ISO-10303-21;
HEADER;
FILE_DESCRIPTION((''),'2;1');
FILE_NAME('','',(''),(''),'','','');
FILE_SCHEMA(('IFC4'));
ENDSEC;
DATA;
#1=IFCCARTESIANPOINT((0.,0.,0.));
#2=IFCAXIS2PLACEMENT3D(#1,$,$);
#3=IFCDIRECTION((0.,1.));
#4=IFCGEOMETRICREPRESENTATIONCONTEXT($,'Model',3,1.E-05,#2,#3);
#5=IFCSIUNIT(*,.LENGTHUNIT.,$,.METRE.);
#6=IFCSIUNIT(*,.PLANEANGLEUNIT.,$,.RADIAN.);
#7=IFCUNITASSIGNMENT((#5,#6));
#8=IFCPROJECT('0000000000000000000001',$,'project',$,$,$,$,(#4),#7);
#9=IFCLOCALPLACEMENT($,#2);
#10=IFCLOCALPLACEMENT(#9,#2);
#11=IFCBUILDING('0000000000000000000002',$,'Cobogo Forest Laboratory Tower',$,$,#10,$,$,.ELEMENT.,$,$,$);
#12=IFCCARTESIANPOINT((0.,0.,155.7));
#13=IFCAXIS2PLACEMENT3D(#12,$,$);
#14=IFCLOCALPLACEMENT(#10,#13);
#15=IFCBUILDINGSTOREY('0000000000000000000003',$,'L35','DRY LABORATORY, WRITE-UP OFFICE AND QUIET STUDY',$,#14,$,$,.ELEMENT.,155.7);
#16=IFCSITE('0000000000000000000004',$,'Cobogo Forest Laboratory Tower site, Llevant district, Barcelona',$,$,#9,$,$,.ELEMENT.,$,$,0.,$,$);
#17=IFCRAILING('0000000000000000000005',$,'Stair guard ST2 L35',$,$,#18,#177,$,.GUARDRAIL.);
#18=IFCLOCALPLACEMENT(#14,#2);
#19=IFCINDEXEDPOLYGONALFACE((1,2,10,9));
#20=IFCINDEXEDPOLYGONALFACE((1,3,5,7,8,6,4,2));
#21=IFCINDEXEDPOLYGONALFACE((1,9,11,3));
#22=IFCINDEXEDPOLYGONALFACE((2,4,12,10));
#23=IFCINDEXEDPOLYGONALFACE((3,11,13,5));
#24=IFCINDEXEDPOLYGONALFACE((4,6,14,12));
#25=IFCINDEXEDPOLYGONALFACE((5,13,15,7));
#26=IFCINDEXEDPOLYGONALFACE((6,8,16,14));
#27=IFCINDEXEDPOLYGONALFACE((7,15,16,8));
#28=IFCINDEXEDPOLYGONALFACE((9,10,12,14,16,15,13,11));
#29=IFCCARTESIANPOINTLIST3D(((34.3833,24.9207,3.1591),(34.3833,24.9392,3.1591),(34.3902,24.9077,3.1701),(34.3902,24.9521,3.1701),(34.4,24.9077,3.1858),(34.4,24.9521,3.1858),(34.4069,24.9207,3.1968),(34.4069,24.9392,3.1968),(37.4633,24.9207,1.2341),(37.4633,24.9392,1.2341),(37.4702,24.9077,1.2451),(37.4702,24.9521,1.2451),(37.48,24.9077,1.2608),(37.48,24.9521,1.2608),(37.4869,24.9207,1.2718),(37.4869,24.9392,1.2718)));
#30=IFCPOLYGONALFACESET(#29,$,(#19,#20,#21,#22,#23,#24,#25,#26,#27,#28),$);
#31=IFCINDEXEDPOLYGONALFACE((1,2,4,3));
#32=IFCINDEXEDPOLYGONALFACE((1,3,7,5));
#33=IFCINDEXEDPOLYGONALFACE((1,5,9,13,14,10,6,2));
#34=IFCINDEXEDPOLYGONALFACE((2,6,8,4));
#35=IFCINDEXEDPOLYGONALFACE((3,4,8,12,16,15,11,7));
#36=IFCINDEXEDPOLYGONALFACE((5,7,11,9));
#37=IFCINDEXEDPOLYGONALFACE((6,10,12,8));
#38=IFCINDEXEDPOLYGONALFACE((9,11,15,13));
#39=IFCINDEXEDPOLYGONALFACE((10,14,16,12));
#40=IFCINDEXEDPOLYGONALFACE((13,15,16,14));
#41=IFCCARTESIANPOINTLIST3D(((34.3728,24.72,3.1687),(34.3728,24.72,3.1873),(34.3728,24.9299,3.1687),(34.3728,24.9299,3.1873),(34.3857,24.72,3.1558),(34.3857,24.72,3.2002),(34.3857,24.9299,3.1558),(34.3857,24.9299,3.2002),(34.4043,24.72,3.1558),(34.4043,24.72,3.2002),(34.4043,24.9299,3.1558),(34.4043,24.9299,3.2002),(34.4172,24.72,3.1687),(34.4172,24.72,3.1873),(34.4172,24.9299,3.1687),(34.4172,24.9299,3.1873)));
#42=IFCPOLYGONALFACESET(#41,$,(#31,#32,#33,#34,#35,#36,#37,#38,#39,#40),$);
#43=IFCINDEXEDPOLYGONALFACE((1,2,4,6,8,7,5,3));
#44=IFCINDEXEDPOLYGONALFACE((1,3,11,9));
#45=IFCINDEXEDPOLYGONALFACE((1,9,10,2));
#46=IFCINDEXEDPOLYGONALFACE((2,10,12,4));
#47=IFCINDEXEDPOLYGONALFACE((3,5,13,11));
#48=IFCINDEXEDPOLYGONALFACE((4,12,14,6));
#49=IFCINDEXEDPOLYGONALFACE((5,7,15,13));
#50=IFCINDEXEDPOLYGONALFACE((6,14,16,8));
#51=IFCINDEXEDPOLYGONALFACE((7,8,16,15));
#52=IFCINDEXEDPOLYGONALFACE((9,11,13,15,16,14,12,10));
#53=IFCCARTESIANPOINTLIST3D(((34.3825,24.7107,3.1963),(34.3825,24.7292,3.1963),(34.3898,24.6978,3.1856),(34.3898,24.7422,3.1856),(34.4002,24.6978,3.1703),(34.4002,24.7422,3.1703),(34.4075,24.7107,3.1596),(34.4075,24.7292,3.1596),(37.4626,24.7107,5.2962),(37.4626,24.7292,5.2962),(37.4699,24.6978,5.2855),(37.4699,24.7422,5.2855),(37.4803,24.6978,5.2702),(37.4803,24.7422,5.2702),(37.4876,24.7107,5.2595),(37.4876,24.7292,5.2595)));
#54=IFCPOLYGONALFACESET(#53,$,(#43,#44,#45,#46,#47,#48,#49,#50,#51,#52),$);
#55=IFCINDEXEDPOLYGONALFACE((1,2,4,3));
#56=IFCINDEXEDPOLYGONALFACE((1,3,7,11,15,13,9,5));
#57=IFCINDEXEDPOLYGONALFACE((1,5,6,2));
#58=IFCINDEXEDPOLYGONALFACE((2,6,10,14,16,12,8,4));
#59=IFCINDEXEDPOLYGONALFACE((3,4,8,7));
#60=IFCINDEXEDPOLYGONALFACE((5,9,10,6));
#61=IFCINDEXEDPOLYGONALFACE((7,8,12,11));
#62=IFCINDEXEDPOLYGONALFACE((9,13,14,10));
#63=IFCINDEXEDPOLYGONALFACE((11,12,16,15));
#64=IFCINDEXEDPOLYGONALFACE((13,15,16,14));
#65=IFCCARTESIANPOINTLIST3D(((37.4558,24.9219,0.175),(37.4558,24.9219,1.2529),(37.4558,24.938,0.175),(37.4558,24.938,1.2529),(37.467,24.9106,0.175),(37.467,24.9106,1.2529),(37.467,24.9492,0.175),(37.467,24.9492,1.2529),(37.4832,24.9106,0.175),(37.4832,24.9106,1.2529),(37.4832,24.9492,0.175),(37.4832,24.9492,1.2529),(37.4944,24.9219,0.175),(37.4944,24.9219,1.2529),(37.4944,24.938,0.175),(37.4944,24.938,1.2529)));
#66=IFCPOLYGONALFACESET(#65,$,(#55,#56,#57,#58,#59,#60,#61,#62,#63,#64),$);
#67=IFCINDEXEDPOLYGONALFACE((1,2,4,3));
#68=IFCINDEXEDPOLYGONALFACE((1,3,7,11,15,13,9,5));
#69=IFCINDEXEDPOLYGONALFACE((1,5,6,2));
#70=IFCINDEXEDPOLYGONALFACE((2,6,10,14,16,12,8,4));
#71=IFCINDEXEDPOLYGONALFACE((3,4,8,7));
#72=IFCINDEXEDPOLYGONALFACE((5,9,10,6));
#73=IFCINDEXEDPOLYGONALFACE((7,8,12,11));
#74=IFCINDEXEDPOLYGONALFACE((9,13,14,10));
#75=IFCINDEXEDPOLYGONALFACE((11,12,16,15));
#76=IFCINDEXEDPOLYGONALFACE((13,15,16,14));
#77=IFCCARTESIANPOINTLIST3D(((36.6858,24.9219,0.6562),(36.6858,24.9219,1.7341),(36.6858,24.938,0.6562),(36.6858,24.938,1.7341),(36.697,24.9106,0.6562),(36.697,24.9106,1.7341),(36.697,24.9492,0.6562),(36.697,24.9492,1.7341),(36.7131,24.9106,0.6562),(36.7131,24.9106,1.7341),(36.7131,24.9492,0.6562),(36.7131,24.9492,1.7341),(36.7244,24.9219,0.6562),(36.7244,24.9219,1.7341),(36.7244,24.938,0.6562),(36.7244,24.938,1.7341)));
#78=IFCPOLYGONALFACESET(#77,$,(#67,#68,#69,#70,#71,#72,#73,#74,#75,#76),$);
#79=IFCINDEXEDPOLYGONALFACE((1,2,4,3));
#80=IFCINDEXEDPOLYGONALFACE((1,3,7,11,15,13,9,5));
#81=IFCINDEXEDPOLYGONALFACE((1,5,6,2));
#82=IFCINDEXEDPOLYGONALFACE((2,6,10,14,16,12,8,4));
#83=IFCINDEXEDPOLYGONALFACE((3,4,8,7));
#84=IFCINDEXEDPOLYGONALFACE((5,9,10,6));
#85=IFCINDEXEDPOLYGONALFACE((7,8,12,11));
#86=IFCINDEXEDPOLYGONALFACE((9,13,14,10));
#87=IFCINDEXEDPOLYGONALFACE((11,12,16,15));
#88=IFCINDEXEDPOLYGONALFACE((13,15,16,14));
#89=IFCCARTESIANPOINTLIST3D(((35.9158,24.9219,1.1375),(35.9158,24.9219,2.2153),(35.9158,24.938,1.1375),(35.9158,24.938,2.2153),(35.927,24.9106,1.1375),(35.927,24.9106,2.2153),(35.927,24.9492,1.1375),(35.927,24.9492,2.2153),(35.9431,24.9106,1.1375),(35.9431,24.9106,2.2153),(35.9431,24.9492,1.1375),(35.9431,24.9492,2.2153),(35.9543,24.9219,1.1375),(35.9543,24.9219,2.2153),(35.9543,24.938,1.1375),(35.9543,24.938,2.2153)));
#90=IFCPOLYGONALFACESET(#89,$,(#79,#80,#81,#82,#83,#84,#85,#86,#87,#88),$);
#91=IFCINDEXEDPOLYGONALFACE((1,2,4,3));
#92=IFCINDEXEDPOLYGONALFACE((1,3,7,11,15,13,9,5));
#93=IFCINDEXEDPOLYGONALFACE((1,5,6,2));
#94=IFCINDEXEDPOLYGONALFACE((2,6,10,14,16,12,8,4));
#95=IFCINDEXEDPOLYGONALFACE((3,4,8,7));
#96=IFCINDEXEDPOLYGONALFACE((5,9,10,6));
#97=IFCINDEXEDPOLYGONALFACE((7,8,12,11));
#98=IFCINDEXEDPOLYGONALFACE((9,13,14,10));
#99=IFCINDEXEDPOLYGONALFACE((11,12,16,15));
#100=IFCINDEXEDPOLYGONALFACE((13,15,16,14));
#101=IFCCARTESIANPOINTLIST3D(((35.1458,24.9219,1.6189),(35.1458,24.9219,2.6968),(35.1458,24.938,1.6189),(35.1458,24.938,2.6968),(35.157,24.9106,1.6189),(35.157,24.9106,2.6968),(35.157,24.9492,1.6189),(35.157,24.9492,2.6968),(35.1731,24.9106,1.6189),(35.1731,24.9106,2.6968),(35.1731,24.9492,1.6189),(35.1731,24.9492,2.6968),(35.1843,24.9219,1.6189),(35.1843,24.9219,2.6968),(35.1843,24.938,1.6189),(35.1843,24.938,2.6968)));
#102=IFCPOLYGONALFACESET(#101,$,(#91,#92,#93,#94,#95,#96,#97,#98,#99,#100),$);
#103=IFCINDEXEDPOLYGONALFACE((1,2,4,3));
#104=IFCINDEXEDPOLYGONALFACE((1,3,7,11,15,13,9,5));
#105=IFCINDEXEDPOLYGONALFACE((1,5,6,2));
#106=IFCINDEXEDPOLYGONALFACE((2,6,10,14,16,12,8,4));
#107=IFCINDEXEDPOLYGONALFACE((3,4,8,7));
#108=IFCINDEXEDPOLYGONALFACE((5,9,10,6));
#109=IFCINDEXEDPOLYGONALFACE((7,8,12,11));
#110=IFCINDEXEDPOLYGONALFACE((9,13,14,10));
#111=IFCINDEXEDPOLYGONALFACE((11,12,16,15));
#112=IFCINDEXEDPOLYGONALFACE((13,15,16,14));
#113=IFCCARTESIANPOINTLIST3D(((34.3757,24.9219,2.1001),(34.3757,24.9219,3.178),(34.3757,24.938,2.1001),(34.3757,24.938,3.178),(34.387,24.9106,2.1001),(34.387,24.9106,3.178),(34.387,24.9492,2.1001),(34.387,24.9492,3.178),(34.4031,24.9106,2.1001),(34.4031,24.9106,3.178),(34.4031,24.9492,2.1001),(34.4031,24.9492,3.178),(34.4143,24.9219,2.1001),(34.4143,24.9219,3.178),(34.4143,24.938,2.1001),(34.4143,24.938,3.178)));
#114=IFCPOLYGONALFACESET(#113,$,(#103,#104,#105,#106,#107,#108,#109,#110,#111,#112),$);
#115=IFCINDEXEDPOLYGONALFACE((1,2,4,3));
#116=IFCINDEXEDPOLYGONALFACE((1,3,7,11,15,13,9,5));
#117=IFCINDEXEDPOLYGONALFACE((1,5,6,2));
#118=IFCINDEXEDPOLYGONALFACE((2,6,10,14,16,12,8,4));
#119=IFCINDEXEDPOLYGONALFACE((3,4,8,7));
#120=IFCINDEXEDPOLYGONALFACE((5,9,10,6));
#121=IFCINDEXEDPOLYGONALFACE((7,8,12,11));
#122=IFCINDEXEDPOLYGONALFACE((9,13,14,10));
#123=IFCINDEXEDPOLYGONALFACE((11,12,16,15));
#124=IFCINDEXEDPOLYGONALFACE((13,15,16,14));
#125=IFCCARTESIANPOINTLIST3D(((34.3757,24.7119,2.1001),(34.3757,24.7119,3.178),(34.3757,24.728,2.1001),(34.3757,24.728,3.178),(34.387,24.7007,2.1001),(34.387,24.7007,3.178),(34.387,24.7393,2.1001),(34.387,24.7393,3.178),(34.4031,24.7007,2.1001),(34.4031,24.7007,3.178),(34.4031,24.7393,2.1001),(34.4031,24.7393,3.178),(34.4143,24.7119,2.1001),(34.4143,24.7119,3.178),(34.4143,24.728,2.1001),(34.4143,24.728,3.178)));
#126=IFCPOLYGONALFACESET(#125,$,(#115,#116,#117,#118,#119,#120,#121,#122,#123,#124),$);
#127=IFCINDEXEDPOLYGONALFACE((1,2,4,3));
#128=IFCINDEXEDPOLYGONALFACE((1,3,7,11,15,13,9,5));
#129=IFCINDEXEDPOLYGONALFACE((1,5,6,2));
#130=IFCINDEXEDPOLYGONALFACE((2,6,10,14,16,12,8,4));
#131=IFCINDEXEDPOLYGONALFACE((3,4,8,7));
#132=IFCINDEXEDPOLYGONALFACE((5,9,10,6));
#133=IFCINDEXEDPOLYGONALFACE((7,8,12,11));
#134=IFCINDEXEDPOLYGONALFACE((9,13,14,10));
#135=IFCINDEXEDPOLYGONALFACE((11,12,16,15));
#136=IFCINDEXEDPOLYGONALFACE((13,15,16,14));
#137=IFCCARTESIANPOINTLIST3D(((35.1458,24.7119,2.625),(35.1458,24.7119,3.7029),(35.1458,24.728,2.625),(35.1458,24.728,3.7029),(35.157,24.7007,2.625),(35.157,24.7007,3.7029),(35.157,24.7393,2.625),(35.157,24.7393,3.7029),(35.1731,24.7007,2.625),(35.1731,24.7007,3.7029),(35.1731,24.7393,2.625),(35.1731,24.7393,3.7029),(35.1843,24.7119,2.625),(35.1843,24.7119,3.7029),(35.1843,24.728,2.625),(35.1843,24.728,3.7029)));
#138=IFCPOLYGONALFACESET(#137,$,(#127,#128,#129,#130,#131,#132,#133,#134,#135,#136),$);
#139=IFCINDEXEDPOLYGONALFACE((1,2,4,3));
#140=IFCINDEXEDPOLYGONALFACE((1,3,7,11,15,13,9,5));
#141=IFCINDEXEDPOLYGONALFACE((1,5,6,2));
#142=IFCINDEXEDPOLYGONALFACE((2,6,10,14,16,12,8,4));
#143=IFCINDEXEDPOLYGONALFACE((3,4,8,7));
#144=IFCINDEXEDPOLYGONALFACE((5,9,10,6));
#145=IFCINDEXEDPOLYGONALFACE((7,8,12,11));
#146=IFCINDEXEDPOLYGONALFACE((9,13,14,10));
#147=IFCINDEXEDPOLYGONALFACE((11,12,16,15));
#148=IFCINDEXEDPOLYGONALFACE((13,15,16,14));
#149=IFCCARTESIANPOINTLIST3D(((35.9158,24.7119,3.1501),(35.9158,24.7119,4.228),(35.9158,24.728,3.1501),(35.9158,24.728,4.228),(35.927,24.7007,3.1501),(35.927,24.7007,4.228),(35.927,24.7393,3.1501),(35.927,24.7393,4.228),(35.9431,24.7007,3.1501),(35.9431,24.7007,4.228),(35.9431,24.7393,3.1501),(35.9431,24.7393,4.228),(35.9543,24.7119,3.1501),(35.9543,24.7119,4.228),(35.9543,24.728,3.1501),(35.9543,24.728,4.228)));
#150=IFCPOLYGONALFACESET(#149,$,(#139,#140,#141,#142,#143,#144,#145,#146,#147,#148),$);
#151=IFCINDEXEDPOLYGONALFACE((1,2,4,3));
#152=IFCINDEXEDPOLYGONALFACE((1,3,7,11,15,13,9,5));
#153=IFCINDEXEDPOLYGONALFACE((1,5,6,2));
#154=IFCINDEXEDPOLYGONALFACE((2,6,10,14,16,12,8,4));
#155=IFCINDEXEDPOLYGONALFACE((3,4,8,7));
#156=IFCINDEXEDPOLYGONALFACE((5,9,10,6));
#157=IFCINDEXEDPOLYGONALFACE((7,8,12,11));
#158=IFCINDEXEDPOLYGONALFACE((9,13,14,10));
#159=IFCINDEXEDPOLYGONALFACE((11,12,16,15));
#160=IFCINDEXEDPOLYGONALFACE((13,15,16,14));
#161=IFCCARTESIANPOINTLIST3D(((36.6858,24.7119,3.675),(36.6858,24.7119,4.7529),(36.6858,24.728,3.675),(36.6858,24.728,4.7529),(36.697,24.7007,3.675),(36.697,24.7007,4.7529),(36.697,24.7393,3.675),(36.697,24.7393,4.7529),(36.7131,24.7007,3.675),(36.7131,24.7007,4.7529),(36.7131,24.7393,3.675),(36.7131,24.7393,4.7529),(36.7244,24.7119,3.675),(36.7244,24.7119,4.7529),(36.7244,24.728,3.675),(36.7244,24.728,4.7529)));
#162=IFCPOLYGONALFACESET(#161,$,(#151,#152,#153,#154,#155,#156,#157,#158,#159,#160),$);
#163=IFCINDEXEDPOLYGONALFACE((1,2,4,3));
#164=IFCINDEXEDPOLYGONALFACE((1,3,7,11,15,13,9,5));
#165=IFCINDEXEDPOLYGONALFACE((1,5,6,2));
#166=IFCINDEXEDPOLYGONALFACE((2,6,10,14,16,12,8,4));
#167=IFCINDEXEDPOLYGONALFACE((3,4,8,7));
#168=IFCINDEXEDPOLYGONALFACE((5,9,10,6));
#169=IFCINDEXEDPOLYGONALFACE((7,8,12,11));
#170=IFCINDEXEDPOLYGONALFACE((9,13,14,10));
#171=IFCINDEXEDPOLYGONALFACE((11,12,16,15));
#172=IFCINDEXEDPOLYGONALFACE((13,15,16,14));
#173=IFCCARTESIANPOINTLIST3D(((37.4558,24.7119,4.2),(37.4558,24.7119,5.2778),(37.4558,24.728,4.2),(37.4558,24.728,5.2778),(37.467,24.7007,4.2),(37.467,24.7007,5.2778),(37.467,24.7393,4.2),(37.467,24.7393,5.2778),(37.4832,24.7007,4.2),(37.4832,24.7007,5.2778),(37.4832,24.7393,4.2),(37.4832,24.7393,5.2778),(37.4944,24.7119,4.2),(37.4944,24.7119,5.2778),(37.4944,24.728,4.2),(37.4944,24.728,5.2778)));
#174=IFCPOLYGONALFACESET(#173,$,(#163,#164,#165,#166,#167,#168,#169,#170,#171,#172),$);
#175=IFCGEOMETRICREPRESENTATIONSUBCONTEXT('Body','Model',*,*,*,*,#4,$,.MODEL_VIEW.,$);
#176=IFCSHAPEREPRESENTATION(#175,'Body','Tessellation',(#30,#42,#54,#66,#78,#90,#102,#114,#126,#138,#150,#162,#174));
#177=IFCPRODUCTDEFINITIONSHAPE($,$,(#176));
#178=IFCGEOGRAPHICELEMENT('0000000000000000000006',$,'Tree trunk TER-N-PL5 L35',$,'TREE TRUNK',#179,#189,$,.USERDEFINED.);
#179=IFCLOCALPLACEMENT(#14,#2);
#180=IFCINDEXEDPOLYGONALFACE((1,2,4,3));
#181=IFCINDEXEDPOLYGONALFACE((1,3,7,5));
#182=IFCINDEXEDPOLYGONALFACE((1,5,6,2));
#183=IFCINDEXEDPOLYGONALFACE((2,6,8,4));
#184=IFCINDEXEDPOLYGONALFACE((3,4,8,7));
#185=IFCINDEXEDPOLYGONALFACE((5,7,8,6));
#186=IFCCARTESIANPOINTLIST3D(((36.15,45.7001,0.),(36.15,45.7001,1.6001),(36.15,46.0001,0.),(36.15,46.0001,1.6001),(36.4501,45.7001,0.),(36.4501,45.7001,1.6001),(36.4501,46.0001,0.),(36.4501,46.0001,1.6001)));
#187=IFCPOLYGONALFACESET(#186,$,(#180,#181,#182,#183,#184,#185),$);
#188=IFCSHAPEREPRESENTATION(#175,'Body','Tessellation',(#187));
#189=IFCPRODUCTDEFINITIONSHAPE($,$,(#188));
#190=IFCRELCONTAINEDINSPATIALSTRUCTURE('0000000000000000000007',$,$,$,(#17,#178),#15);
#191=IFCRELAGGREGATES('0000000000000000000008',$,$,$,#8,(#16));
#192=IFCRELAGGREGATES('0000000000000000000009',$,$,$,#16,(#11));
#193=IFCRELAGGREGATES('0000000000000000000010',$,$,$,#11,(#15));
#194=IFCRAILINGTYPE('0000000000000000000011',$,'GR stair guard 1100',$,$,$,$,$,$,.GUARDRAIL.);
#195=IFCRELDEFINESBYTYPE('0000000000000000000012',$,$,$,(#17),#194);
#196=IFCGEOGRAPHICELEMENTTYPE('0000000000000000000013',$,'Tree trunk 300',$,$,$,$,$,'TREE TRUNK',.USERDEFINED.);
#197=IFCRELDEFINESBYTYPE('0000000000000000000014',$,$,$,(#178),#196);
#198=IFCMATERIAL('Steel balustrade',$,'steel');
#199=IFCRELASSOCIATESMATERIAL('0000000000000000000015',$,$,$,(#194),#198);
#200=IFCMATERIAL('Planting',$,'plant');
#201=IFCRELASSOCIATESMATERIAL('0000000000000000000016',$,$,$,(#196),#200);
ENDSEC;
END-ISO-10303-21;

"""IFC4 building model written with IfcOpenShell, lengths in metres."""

from ifc_helpers import new_model, si_unit, direction, frame, origin, origin_2d, place, context, subcontext, project, spatial, polyline, rectangle, outline, extrude, material, type_object, element, save


model = new_model("IFC4")

# Units and contexts
model_context = context("Model", 3, precision=1e-05, world=origin(), true_north=direction((0.0, 1.0)))
body_context = subcontext(model_context, "Body", "Model", "MODEL_VIEW")
ifc_project = project(units=[si_unit("LENGTHUNIT", "METRE"), si_unit("PLANEANGLEUNIT", "RADIAN")], contexts=[model_context])

# Site, building, storey
site_placement = place(None, origin())
site = spatial("IfcSite", under=ifc_project, at=site_placement, Name="Cobogo Forest Laboratory Tower site, Llevant district, Barcelona", CompositionType="ELEMENT", RefElevation=0.0)
building_placement = place(site_placement, origin())
building = spatial("IfcBuilding", under=site, at=building_placement, Name="Cobogo Forest Laboratory Tower", CompositionType="ELEMENT")
storey_placement = place(building_placement, frame((0.0, 0.0, 155.7)))
storey = spatial("IfcBuildingStorey", under=building, at=storey_placement, Name="L35", Description="DRY LABORATORY, WRITE-UP OFFICE AND QUIET STUDY", CompositionType="ELEMENT", Elevation=155.7)

# Railing
ifc_material_1 = material(Name="Steel balustrade", Category="steel")
railing_type_1 = type_object("IfcRailingType", Name="GR stair guard 1100", PredefinedType="GUARDRAIL", material=ifc_material_1)
railing_1_placement = place(storey_placement, frame((37.4751, 24.9299, 0.175)))
element("IfcRailing", 1, at=railing_1_placement, inside=storey, type_object=railing_type_1, Name="Stair guard ST2 L35", PredefinedType="GUARDRAIL", context=body_context, shape_type="SweptSolid", body=[
    extrude(outline(polyline([(0.0222, 0.0093), (0.0093, 0.0222), (-0.0093, 0.0222), (-0.0222, 0.0093), (-0.0222, -0.0093), (-0.0093, -0.0222), (0.0093, -0.0222), (0.0222, -0.0093), (0.0222, 0.0093)])), frame((0.0, 0.0, 1.0779), z_axis=(-0.847998, 0.0, 0.529999), x_axis=(0.0, -1.0, 0.0)), (0.0, 0.0, 1.0), 3.6321),
    extrude(outline(polyline([(0.0222, 0.0093), (0.0093, 0.0222), (-0.0093, 0.0222), (-0.0222, 0.0093), (-0.0222, -0.0093), (-0.0093, -0.0222), (0.0093, -0.0222), (0.0222, -0.0093), (0.0222, 0.0093)])), frame((-3.0801, 0.0, 3.0029), z_axis=(0.0, -1.0, 0.0), x_axis=(1.0, 0.0, 0.0)), (0.0, 0.0, 1.0), 0.21),
    extrude(outline(polyline([(0.0222, 0.0093), (0.0093, 0.0222), (-0.0093, 0.0222), (-0.0222, 0.0093), (-0.0222, -0.0093), (-0.0093, -0.0222), (0.0093, -0.0222), (0.0222, -0.0093), (0.0222, 0.0093)])), frame((-3.0801, -0.21, 3.0029), z_axis=(0.826252, 0.0, 0.5633), x_axis=(0.0, 1.0, 0.0)), (0.0, 0.0, 1.0), 3.7278),
    extrude(outline(polyline([(0.0193, 0.0081), (0.0081, 0.0193), (-0.0081, 0.0193), (-0.0193, 0.0081), (-0.0193, -0.0081), (-0.0081, -0.0193), (0.0081, -0.0193), (0.0193, -0.0081), (0.0193, 0.0081)])), origin(), (0.0, 0.0, 1.0), 1.0779),
    extrude(outline(polyline([(0.0193, 0.0081), (0.0081, 0.0193), (-0.0081, 0.0193), (-0.0193, 0.0081), (-0.0193, -0.0081), (-0.0081, -0.0193), (0.0081, -0.0193), (0.0193, -0.0081), (0.0193, 0.0081)])), frame((-0.77, 0.0, 0.4812)), (0.0, 0.0, 1.0), 1.0779),
    extrude(outline(polyline([(0.0193, 0.0081), (0.0081, 0.0193), (-0.0081, 0.0193), (-0.0193, 0.0081), (-0.0193, -0.0081), (-0.0081, -0.0193), (0.0081, -0.0193), (0.0193, -0.0081), (0.0193, 0.0081)])), frame((-1.54, 0.0, 0.9624)), (0.0, 0.0, 1.0), 1.0779),
    extrude(outline(polyline([(0.0193, 0.0081), (0.0081, 0.0193), (-0.0081, 0.0193), (-0.0193, 0.0081), (-0.0193, -0.0081), (-0.0081, -0.0193), (0.0081, -0.0193), (0.0193, -0.0081), (0.0193, 0.0081)])), frame((-2.3101, 0.0, 1.4438)), (0.0, 0.0, 1.0), 1.0779),
    extrude(outline(polyline([(0.0193, 0.0081), (0.0081, 0.0193), (-0.0081, 0.0193), (-0.0193, 0.0081), (-0.0193, -0.0081), (-0.0081, -0.0193), (0.0081, -0.0193), (0.0193, -0.0081), (0.0193, 0.0081)])), frame((-3.0801, 0.0, 1.925)), (0.0, 0.0, 1.0), 1.0779),
    extrude(outline(polyline([(0.0193, 0.0081), (0.0081, 0.0193), (-0.0081, 0.0193), (-0.0193, 0.0081), (-0.0193, -0.0081), (-0.0081, -0.0193), (0.0081, -0.0193), (0.0193, -0.0081), (0.0193, 0.0081)])), frame((-3.0801, -0.21, 1.925)), (0.0, 0.0, 1.0), 1.0779),
    extrude(outline(polyline([(0.0193, 0.0081), (0.0081, 0.0193), (-0.0081, 0.0193), (-0.0193, 0.0081), (-0.0193, -0.0081), (-0.0081, -0.0193), (0.0081, -0.0193), (0.0193, -0.0081), (0.0193, 0.0081)])), frame((-2.3101, -0.21, 2.45)), (0.0, 0.0, 1.0), 1.0779),
    extrude(outline(polyline([(0.0193, 0.0081), (0.0081, 0.0193), (-0.0081, 0.0193), (-0.0193, 0.0081), (-0.0193, -0.0081), (-0.0081, -0.0193), (0.0081, -0.0193), (0.0193, -0.0081), (0.0193, 0.0081)])), frame((-1.54, -0.21, 2.9751)), (0.0, 0.0, 1.0), 1.0779),
    extrude(outline(polyline([(0.0193, 0.0081), (0.0081, 0.0193), (-0.0081, 0.0193), (-0.0193, 0.0081), (-0.0193, -0.0081), (-0.0081, -0.0193), (0.0081, -0.0193), (0.0193, -0.0081), (0.0193, 0.0081)])), frame((-0.77, -0.21, 3.5)), (0.0, 0.0, 1.0), 1.0779),
    extrude(outline(polyline([(0.0193, 0.0081), (0.0081, 0.0193), (-0.0081, 0.0193), (-0.0193, 0.0081), (-0.0193, -0.0081), (-0.0081, -0.0193), (0.0081, -0.0193), (0.0193, -0.0081), (0.0193, 0.0081)])), frame((0.0, -0.21, 4.0249)), (0.0, 0.0, 1.0), 1.0779),
])

# Geographic element
ifc_material_2 = material(Name="Planting", Category="plant")
geographic_element_type = type_object("IfcGeographicElementType", Name="Tree trunk 300", ElementType="TREE TRUNK", PredefinedType="USERDEFINED", material=ifc_material_2)
geographic_element_placement = place(storey_placement, frame((36.3, 45.8501, 0.0), z_axis=(0.0, 0.0, 1.0), x_axis=(1.0, 0.0, 0.0)))
element("IfcGeographicElement", 2, at=geographic_element_placement, inside=storey, type_object=geographic_element_type, Name="Tree trunk TER-N-PL5 L35", ObjectType="TREE TRUNK", PredefinedType="USERDEFINED", context=body_context, shape_type="SweptSolid", body=[
    extrude(rectangle(XDim=0.3, YDim=0.3, at=origin_2d()), origin(), (0.0, 0.0, 1.0), 1.6001),
])

save(model, "model.ifc")
